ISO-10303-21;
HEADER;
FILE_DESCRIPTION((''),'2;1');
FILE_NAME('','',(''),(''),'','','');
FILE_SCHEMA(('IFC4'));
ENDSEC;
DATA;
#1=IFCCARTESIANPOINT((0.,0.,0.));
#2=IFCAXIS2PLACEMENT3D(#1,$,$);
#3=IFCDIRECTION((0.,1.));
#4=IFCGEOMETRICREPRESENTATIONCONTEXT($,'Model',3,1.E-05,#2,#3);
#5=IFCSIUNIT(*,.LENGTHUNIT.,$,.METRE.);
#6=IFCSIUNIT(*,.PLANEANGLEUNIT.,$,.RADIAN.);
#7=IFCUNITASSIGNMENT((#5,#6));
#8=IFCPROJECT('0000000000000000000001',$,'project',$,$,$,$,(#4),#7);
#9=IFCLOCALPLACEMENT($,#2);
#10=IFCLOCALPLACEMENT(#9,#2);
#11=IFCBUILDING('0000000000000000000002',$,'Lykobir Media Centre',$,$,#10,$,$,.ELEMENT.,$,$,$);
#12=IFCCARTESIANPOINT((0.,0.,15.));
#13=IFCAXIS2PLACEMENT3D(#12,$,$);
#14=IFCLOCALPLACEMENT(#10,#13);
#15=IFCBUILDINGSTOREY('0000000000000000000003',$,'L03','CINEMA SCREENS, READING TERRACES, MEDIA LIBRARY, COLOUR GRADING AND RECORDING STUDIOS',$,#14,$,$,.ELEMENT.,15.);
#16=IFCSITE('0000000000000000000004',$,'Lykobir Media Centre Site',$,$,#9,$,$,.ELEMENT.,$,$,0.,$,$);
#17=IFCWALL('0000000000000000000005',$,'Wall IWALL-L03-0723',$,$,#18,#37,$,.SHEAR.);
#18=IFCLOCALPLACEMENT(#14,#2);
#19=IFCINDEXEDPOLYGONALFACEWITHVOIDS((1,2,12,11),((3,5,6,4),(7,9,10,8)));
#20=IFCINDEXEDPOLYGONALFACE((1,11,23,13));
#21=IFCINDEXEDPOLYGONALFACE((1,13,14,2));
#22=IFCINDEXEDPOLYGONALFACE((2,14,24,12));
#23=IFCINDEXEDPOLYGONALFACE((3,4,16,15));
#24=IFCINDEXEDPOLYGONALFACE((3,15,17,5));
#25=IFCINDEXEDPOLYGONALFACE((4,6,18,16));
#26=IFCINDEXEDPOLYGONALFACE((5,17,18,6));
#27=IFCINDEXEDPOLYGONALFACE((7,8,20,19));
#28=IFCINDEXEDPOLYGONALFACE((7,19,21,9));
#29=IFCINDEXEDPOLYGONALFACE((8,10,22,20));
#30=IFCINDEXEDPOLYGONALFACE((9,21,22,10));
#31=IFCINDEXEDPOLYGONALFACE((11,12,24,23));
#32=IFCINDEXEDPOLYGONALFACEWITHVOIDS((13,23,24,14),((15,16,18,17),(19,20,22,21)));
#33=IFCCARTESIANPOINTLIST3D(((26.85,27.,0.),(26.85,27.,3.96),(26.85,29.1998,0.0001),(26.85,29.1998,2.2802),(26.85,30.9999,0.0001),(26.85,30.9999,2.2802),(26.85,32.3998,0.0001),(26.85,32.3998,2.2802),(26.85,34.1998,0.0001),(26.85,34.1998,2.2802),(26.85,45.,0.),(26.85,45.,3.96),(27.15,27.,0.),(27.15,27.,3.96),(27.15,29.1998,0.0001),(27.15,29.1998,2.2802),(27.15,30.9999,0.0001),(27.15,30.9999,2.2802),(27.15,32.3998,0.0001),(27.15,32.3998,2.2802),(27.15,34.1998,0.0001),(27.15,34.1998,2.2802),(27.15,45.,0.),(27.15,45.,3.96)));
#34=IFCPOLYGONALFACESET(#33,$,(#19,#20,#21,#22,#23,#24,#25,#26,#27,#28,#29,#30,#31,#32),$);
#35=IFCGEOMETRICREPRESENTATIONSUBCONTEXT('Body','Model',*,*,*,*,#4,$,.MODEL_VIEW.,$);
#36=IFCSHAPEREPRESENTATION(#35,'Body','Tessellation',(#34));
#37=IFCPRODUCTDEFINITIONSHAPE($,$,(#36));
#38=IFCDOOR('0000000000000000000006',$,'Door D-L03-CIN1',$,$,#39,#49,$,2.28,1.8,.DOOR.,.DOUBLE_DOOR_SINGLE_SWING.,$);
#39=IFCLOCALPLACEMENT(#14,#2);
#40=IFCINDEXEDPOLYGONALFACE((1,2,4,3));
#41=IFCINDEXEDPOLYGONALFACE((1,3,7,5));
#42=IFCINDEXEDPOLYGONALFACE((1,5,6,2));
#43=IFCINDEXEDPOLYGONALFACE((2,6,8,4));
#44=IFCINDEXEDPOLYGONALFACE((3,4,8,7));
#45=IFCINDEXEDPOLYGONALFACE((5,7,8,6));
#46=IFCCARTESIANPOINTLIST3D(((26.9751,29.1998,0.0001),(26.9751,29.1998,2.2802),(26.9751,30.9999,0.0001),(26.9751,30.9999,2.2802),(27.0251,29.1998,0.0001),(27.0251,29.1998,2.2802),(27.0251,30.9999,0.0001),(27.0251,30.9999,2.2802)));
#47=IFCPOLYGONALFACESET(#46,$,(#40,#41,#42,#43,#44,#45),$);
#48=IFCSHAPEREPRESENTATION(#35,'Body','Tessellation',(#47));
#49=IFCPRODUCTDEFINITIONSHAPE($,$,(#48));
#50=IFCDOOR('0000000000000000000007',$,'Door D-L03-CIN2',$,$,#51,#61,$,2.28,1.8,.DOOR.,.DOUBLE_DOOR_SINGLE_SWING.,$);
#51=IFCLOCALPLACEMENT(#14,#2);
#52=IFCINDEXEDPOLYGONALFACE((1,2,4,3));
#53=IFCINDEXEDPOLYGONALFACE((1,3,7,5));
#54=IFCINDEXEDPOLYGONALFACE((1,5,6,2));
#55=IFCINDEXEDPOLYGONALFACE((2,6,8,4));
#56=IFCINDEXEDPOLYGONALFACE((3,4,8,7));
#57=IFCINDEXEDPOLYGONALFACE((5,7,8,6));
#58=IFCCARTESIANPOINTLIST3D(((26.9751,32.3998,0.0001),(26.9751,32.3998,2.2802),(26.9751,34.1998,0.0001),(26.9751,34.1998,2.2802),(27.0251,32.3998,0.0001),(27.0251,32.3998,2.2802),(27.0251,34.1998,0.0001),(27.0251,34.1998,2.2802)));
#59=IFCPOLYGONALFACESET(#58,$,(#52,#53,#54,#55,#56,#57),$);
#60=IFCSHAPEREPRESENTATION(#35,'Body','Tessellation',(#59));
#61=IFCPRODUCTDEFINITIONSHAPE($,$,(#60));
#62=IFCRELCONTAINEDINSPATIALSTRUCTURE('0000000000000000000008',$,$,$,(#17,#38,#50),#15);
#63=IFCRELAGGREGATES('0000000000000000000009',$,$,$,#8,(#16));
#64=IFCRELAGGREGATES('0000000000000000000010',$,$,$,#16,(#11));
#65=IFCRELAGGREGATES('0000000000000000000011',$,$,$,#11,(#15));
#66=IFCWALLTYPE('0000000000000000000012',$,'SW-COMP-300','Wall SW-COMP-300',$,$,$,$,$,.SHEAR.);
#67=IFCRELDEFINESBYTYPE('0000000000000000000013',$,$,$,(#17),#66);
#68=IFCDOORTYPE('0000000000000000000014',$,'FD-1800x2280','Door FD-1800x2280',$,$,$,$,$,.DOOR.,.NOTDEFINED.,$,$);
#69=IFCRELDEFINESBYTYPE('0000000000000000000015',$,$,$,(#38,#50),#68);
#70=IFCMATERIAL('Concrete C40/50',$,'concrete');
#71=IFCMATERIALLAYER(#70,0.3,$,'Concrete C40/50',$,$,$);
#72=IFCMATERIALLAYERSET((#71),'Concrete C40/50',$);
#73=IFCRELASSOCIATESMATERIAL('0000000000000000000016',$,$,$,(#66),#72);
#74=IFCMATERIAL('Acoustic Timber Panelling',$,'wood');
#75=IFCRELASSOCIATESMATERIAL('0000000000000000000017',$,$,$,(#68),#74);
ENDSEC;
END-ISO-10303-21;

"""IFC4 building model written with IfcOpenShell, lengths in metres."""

from ifc_helpers import new_model, si_unit, direction, frame, frame_2d, origin, place, context, subcontext, project, spatial, rectangle, extrude, material, layer, layer_set, type_object, element, fill, save


model = new_model("IFC4")

# Units and contexts
model_context = context("Model", 3, precision=1e-05, world=origin(), true_north=direction((0.0, 1.0)))
body_context = subcontext(model_context, "Body", "Model", "MODEL_VIEW")
ifc_project = project(units=[si_unit("LENGTHUNIT", "METRE"), si_unit("PLANEANGLEUNIT", "RADIAN")], contexts=[model_context])

# Site, building, storey
site_placement = place(None, origin())
site = spatial("IfcSite", under=ifc_project, at=site_placement, Name="Lykobir Media Centre Site", CompositionType="ELEMENT", RefElevation=0.0)
building_placement = place(site_placement, origin())
building = spatial("IfcBuilding", under=site, at=building_placement, Name="Lykobir Media Centre", CompositionType="ELEMENT")
storey_placement = place(building_placement, frame((0.0, 0.0, 15.0)))
storey = spatial("IfcBuildingStorey", under=building, at=storey_placement, Name="L03", Description="CINEMA SCREENS, READING TERRACES, MEDIA LIBRARY, COLOUR GRADING AND RECORDING STUDIOS", CompositionType="ELEMENT", Elevation=15.0)

# Wall, openings, doors
ifc_material_1 = material(Name="Concrete C40/50", Category="concrete")
ifc_layer_1 = layer(ifc_material_1, 0.3, Name="Concrete C40/50")
ifc_layer_set_1 = layer_set([ifc_layer_1], Name="Concrete C40/50")
wall_type = type_object("IfcWallType", Name="SW-COMP-300", Description="Wall SW-COMP-300", PredefinedType="SHEAR", material=ifc_layer_set_1)
wall_placement = place(storey_placement, frame((27.0, 27.0, 0.0), z_axis=(0.0, 0.0, 1.0), x_axis=(0.0, 1.0, 0.0)))
wall = element("IfcWall", 1, at=wall_placement, inside=storey, type_object=wall_type, Name="Wall IWALL-L03-0723", PredefinedType="SHEAR", context=body_context, shape_type="SweptSolid", body=[
    extrude(rectangle(XDim=18.0, YDim=0.3, at=frame_2d((9.0, 0.0))), origin(), (0.0, 0.0, 1.0), 3.96),
])
opening_1_placement = place(wall_placement, frame((2.2, 0.0, 0.0)))
opening_1 = element("IfcOpeningElement", 2, at=opening_1_placement, cuts=wall, PredefinedType="OPENING", context=body_context, shape_type="SweptSolid", body=[
    extrude(rectangle(XDim=1.8, YDim=2.28, at=frame_2d((0.8999, 1.1401))), frame((0.0, 0.1599, 0.0), z_axis=(0.0, -1.0, 0.0), x_axis=(1.0, 0.0, 0.0)), (0.0, 0.0, 1.0), 0.3201),
])
opening_2_placement = place(wall_placement, frame((5.3999, 0.0, 0.0)))
opening_2 = element("IfcOpeningElement", 3, at=opening_2_placement, cuts=wall, PredefinedType="OPENING", context=body_context, shape_type="SweptSolid", body=[
    extrude(rectangle(XDim=1.8, YDim=2.28, at=frame_2d((0.8999, 1.1401))), frame((0.0, 0.1599, 0.0), z_axis=(0.0, -1.0, 0.0), x_axis=(1.0, 0.0, 0.0)), (0.0, 0.0, 1.0), 0.3201),
])
ifc_material_2 = material(Name="Acoustic Timber Panelling", Category="wood")
door_type = type_object("IfcDoorType", Name="FD-1800x2280", Description="Door FD-1800x2280", OperationType="NOTDEFINED", PredefinedType="DOOR", material=ifc_material_2)
door_1_placement = place(opening_1_placement, origin())
door_1 = element("IfcDoor", 4, at=door_1_placement, inside=storey, type_object=door_type, Name="Door D-L03-CIN1", OperationType="DOUBLE_DOOR_SINGLE_SWING", OverallHeight=2.28, OverallWidth=1.8, PredefinedType="DOOR", context=body_context, shape_type="SweptSolid", body=[
    extrude(rectangle(XDim=1.8, YDim=2.28, at=frame_2d((0.8999, 1.1401))), frame((0.0, 0.0249, 0.0), z_axis=(0.0, -1.0, 0.0), x_axis=(1.0, 0.0, 0.0)), (0.0, 0.0, 1.0), 0.05),
])
fill(opening_1, door_1)
door_2_placement = place(opening_2_placement, origin())
door_2 = element("IfcDoor", 5, at=door_2_placement, inside=storey, type_object=door_type, Name="Door D-L03-CIN2", OperationType="DOUBLE_DOOR_SINGLE_SWING", OverallHeight=2.28, OverallWidth=1.8, PredefinedType="DOOR", context=body_context, shape_type="SweptSolid", body=[
    extrude(rectangle(XDim=1.8, YDim=2.28, at=frame_2d((0.8999, 1.1401))), frame((0.0, 0.0249, 0.0), z_axis=(0.0, -1.0, 0.0), x_axis=(1.0, 0.0, 0.0)), (0.0, 0.0, 1.0), 0.05),
])
fill(opening_2, door_2)

save(model, "model.ifc")
